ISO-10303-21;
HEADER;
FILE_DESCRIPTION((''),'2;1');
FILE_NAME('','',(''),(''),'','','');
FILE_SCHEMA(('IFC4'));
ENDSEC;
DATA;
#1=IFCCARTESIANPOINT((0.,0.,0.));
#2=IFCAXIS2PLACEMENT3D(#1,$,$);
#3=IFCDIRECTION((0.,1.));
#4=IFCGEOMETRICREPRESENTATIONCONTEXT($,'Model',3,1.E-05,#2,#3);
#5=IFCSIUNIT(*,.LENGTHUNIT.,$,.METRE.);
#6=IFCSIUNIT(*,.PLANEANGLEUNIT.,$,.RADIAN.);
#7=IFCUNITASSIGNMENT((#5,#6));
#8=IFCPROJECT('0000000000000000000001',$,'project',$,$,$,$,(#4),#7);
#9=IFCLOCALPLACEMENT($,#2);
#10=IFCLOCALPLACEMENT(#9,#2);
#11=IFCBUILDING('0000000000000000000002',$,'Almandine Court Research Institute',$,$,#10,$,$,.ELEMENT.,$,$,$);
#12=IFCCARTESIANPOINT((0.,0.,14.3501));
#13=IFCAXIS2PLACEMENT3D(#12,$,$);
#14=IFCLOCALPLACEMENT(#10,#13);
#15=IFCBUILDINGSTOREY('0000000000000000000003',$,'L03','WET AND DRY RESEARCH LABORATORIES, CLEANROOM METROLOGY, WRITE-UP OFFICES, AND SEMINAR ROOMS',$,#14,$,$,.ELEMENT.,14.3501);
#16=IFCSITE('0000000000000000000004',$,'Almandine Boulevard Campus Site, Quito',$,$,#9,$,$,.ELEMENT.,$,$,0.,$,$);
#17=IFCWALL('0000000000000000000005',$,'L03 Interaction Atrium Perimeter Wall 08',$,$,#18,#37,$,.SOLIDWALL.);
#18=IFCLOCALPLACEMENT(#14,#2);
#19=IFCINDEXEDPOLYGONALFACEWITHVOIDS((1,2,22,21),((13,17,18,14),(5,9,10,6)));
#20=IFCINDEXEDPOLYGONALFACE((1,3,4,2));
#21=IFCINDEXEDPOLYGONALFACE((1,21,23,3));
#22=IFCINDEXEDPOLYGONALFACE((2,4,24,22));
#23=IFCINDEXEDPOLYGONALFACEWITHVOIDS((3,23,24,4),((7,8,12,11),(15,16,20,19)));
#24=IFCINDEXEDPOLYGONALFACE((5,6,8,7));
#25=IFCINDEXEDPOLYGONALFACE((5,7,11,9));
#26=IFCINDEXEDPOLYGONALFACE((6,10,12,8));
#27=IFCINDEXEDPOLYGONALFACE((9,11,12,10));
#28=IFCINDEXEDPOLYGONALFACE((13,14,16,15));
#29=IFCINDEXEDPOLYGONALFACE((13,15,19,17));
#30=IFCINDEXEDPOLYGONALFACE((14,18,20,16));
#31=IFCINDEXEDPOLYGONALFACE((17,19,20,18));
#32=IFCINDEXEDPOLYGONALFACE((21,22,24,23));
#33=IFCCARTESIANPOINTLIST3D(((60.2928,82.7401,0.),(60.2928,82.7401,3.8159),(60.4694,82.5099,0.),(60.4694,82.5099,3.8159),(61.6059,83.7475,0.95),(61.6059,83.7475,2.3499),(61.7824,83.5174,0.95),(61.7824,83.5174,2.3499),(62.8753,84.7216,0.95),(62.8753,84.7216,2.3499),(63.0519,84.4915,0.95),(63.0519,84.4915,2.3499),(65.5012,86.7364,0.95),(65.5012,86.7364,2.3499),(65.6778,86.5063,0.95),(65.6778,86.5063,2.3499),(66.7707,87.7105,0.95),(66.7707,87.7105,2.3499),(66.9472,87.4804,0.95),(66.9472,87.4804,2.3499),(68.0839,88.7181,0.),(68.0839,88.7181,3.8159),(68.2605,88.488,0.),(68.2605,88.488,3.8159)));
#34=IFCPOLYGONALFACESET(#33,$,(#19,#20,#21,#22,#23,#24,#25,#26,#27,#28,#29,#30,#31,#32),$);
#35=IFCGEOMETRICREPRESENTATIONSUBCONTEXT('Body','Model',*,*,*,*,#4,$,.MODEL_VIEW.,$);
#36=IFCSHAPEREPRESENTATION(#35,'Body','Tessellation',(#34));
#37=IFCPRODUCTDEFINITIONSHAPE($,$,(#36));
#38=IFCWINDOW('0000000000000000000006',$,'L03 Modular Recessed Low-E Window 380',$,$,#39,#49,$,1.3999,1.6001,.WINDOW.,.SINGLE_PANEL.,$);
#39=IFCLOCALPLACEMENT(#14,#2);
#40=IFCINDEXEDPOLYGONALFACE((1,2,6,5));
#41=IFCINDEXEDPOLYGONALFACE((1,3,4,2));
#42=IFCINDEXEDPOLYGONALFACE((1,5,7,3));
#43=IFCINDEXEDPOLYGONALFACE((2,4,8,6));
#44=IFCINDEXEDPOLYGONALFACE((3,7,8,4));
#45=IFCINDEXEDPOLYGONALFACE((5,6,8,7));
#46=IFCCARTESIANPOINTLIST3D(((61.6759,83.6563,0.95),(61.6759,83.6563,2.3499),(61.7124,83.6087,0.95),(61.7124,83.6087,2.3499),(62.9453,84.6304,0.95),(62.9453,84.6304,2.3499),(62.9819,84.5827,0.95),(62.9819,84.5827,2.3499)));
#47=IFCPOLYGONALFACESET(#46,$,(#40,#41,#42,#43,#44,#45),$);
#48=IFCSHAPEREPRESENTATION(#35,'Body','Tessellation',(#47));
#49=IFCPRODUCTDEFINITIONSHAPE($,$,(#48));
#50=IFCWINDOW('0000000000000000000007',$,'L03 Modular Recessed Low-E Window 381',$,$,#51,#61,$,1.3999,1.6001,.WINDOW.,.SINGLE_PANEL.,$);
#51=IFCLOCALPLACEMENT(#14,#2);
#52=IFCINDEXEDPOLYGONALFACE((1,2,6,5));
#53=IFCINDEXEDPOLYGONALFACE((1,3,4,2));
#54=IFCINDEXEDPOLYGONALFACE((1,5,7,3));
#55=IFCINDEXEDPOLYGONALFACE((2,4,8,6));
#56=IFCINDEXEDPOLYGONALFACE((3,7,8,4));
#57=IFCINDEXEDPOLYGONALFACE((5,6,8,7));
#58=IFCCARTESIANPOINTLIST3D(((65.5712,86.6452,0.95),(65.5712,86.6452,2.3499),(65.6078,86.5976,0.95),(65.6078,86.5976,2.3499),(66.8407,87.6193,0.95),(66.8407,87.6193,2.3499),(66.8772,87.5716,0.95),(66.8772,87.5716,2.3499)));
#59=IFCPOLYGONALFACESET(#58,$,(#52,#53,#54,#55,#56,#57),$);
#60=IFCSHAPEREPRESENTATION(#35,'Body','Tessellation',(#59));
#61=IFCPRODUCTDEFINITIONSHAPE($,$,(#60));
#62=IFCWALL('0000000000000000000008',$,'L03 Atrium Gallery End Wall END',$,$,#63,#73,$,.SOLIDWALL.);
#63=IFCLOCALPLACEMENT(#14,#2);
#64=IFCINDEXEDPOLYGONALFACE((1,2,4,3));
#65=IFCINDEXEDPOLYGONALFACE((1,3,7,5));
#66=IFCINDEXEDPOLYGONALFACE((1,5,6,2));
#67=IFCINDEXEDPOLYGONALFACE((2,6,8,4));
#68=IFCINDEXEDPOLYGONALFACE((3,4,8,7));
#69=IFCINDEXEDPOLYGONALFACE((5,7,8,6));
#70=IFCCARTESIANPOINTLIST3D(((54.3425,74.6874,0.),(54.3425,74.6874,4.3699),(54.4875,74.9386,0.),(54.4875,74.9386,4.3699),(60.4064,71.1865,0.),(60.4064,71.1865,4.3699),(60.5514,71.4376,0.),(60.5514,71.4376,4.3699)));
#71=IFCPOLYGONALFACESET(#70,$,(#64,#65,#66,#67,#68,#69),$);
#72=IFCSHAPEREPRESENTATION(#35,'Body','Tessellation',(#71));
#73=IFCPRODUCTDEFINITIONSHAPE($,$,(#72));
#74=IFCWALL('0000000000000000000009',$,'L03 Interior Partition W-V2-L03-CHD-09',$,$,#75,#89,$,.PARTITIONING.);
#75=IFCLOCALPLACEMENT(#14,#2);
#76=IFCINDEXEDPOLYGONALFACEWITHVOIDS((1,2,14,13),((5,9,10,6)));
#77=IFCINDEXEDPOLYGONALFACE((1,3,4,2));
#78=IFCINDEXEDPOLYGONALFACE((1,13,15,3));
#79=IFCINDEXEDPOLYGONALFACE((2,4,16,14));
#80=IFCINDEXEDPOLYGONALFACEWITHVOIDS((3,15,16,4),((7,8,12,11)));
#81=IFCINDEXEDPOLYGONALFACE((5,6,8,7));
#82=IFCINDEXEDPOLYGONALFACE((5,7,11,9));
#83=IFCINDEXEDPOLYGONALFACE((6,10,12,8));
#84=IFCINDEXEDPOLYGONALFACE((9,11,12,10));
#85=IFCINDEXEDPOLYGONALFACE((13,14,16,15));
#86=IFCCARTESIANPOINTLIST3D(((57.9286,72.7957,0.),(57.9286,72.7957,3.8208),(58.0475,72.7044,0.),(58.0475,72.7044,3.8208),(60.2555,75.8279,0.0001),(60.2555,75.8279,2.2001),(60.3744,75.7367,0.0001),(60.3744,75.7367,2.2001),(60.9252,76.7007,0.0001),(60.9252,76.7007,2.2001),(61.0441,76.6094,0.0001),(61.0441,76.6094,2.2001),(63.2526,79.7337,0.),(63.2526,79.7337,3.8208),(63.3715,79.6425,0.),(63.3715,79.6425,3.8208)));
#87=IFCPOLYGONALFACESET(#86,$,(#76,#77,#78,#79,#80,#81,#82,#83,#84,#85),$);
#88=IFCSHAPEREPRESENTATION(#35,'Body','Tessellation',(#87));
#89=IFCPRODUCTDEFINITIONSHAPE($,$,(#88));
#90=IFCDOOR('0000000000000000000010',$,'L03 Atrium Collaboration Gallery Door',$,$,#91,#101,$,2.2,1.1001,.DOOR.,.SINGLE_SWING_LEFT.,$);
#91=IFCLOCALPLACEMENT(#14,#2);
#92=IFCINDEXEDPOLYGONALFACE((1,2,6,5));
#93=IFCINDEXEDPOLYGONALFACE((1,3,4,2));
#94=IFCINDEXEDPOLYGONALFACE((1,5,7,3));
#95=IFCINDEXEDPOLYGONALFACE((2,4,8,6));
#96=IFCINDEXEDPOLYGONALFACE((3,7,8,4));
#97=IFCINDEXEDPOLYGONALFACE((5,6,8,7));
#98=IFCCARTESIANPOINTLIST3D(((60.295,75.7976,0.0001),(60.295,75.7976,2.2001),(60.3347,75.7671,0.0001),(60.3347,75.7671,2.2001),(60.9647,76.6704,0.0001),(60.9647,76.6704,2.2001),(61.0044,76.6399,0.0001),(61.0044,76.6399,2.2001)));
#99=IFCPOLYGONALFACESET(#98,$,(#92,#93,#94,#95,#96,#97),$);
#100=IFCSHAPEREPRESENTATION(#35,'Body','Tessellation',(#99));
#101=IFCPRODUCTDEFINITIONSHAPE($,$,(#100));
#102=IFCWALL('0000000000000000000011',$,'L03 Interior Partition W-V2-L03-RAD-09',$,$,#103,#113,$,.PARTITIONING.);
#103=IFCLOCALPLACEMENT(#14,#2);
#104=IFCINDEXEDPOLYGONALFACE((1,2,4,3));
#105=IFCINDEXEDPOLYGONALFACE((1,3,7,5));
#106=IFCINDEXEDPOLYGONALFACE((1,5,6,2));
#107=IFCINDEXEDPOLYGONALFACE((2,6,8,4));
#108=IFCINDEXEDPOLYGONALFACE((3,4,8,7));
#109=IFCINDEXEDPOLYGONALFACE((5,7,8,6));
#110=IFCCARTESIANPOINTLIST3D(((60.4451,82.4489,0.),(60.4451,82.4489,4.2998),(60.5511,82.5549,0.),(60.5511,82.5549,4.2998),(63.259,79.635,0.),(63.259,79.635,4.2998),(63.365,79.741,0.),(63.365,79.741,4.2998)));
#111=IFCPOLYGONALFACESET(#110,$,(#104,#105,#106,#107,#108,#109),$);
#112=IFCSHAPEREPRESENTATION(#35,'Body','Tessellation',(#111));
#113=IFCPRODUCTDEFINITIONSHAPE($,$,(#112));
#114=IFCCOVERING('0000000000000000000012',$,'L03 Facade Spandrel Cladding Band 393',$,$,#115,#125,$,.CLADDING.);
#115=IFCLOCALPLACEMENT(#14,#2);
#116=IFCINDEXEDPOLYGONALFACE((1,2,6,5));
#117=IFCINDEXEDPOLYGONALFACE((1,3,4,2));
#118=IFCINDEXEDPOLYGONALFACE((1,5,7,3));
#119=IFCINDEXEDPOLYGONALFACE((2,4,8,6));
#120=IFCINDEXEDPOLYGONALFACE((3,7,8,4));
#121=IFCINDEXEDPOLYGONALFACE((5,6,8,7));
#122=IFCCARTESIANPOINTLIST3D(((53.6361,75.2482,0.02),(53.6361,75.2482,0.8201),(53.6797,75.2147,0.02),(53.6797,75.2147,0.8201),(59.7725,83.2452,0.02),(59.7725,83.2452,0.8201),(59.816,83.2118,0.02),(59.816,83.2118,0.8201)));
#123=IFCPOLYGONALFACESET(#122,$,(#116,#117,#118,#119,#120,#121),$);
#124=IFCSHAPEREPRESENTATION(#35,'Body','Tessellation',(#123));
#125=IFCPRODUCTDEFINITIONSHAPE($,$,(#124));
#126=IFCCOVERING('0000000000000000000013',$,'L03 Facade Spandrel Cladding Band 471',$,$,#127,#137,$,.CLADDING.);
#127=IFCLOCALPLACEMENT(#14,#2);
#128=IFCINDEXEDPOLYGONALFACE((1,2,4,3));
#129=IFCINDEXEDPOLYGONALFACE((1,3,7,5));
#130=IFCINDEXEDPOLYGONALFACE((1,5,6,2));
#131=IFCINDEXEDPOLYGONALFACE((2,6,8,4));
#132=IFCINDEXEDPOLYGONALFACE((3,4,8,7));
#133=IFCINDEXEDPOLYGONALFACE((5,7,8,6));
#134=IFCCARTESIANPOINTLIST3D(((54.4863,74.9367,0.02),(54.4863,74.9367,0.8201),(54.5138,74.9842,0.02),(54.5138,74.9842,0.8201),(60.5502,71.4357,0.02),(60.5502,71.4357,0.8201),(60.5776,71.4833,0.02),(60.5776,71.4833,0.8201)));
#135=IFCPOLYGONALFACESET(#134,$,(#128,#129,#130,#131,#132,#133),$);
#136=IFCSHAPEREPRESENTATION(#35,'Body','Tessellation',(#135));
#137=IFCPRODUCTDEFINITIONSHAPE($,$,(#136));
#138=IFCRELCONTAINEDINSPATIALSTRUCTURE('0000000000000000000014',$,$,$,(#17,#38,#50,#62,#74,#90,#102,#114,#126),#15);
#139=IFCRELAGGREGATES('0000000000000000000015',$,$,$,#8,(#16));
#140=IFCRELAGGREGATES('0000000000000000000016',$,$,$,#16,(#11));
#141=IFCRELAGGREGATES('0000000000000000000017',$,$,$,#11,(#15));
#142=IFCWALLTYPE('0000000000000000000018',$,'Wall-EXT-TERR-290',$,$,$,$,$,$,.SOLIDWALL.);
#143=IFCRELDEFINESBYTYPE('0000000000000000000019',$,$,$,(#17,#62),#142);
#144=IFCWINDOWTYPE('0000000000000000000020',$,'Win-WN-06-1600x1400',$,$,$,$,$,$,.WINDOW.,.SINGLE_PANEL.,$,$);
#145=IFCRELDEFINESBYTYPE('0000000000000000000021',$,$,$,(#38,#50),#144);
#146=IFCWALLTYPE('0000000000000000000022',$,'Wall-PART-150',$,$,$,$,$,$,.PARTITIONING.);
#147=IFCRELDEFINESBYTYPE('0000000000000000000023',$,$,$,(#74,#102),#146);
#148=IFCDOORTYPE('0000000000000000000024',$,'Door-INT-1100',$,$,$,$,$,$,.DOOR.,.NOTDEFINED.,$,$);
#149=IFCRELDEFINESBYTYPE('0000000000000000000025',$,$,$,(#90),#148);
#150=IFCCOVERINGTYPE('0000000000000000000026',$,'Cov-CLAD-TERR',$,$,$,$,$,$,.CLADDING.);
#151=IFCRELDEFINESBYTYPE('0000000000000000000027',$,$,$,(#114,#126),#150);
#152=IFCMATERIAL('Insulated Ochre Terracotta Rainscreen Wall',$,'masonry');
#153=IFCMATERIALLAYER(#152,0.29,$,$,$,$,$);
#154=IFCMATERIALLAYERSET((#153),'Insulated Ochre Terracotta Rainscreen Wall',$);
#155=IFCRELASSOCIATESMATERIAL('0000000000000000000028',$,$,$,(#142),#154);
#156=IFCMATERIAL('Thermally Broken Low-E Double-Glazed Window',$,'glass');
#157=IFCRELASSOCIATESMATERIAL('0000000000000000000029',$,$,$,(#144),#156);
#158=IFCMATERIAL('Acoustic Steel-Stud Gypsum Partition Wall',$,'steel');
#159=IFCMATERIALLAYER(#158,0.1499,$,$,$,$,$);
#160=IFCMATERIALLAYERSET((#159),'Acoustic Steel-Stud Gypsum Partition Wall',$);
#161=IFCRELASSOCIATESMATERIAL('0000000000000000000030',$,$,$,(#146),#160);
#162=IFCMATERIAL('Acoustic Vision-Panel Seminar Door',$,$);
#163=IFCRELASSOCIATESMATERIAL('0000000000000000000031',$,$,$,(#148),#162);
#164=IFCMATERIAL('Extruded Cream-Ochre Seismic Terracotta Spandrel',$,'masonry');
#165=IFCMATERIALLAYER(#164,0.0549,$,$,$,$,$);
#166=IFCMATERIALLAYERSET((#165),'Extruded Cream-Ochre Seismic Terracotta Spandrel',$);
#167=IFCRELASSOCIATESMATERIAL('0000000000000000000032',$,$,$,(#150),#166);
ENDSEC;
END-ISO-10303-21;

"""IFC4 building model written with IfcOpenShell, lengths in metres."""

from ifc_helpers import new_model, si_unit, direction, frame, frame_2d, origin, origin_2d, place, context, subcontext, project, spatial, rectangle, extrude, material, layer, layer_set, type_object, element, fill, save


model = new_model("IFC4")

# Units and contexts
model_context = context("Model", 3, precision=1e-05, world=origin(), true_north=direction((0.0, 1.0)))
body_context = subcontext(model_context, "Body", "Model", "MODEL_VIEW")
ifc_project = project(units=[si_unit("LENGTHUNIT", "METRE"), si_unit("PLANEANGLEUNIT", "RADIAN")], contexts=[model_context])

# Site, building, storey
site_placement = place(None, origin())
site = spatial("IfcSite", under=ifc_project, at=site_placement, Name="Almandine Boulevard Campus Site, Quito", CompositionType="ELEMENT", RefElevation=0.0)
building_placement = place(site_placement, origin())
building = spatial("IfcBuilding", under=site, at=building_placement, Name="Almandine Court Research Institute", CompositionType="ELEMENT")
storey_placement = place(building_placement, frame((0.0, 0.0, 14.3501)))
storey = spatial("IfcBuildingStorey", under=building, at=storey_placement, Name="L03", Description="WET AND DRY RESEARCH LABORATORIES, CLEANROOM METROLOGY, WRITE-UP OFFICES, AND SEMINAR ROOMS", CompositionType="ELEMENT", Elevation=14.3501)

# Shared definitions
ifc_material_1 = material(Name="Insulated Ochre Terracotta Rainscreen Wall", Category="masonry")
ifc_layer_1 = layer(ifc_material_1, 0.29)
ifc_layer_set_1 = layer_set([ifc_layer_1], Name="Insulated Ochre Terracotta Rainscreen Wall")
wall_type_1 = type_object("IfcWallType", Name="Wall-EXT-TERR-290", PredefinedType="SOLIDWALL", material=ifc_layer_set_1)
ifc_material_2 = material(Name="Thermally Broken Low-E Double-Glazed Window", Category="glass")

# Wall, openings, windows
wall_1_placement = place(storey_placement, frame((60.3811, 82.625, 0.0), z_axis=(0.0, 0.0, 1.0), x_axis=(0.793365, 0.608747, 0.0)))
wall_1 = element("IfcWall", 1, at=wall_1_placement, inside=storey, type_object=wall_type_1, Name="L03 Interaction Atrium Perimeter Wall 08", PredefinedType="SOLIDWALL", context=body_context, shape_type="SweptSolid", body=[
    extrude(rectangle(XDim=9.8203, YDim=0.29, at=frame_2d((4.9102, 0.0))), origin(), (0.0, 0.0, 1.0), 3.8159),
])
opening_1_placement = place(wall_1_placement, frame((1.655, 0.0, 0.95)))
opening_1 = element("IfcOpeningElement", 2, at=opening_1_placement, cuts=wall_1, PredefinedType="OPENING", context=body_context, shape_type="SweptSolid", body=[
    extrude(rectangle(XDim=1.6001, YDim=1.3999, at=frame_2d((0.8, 0.7))), frame((0.0, 0.155, 0.0), z_axis=(0.0, -1.0, 0.0), x_axis=(1.0, 0.0, 0.0)), (0.0, 0.0, 1.0), 0.3101),
])
opening_2_placement = place(wall_1_placement, frame((6.5649, 0.0, 0.95)))
opening_2 = element("IfcOpeningElement", 3, at=opening_2_placement, cuts=wall_1, PredefinedType="OPENING", context=body_context, shape_type="SweptSolid", body=[
    extrude(rectangle(XDim=1.6001, YDim=1.3999, at=frame_2d((0.8, 0.7))), frame((0.0, 0.155, 0.0), z_axis=(0.0, -1.0, 0.0), x_axis=(1.0, 0.0, 0.0)), (0.0, 0.0, 1.0), 0.3101),
])
window_type_1 = type_object("IfcWindowType", Name="Win-WN-06-1600x1400", PartitioningType="SINGLE_PANEL", PredefinedType="WINDOW", material=ifc_material_2)
window_1_placement = place(opening_1_placement, origin())
window_1 = element("IfcWindow", 4, at=window_1_placement, inside=storey, type_object=window_type_1, Name="L03 Modular Recessed Low-E Window 380", OverallHeight=1.3999, OverallWidth=1.6001, PartitioningType="SINGLE_PANEL", PredefinedType="WINDOW", context=body_context, shape_type="SweptSolid", body=[
    extrude(rectangle(XDim=1.6001, YDim=1.3999, at=frame_2d((0.8, 0.7))), frame((0.0, 0.03, 0.0), z_axis=(0.0, -1.0, 0.0), x_axis=(1.0, 0.0, 0.0)), (0.0, 0.0, 1.0), 0.0601),
])
fill(opening_1, window_1)
window_2_placement = place(opening_2_placement, origin())
window_2 = element("IfcWindow", 5, at=window_2_placement, inside=storey, type_object=window_type_1, Name="L03 Modular Recessed Low-E Window 381", OverallHeight=1.3999, OverallWidth=1.6001, PartitioningType="SINGLE_PANEL", PredefinedType="WINDOW", context=body_context, shape_type="SweptSolid", body=[
    extrude(rectangle(XDim=1.6001, YDim=1.3999, at=frame_2d((0.8, 0.7))), frame((0.0, 0.03, 0.0), z_axis=(0.0, -1.0, 0.0), x_axis=(1.0, 0.0, 0.0)), (0.0, 0.0, 1.0), 0.0601),
])
fill(opening_2, window_2)

# Wall
wall_2_placement = place(storey_placement, frame((54.415, 74.813, 0.0), z_axis=(0.0, 0.0, 1.0), x_axis=(0.866029, -0.499994, 0.0)))
element("IfcWall", 6, at=wall_2_placement, inside=storey, type_object=wall_type_1, Name="L03 Atrium Gallery End Wall END", PredefinedType="SOLIDWALL", context=body_context, shape_type="SweptSolid", body=[
    extrude(rectangle(XDim=7.002, YDim=0.29, at=frame_2d((3.501, 0.0))), origin(), (0.0, 0.0, 1.0), 4.3699),
])

# Wall, opening, door
ifc_material_3 = material(Name="Acoustic Steel-Stud Gypsum Partition Wall", Category="steel")
ifc_layer_2 = layer(ifc_material_3, 0.1499)
ifc_layer_set_2 = layer_set([ifc_layer_2], Name="Acoustic Steel-Stud Gypsum Partition Wall")
wall_type_2 = type_object("IfcWallType", Name="Wall-PART-150", PredefinedType="PARTITIONING", material=ifc_layer_set_2)
wall_3_placement = place(storey_placement, frame((63.312, 79.688, 0.0), z_axis=(0.0, 0.0, 1.0), x_axis=(-0.608781, -0.793338, 0.0)))
wall_3 = element("IfcWall", 7, at=wall_3_placement, inside=storey, type_object=wall_type_2, Name="L03 Interior Partition W-V2-L03-CHD-09", PredefinedType="PARTITIONING", context=body_context, shape_type="SweptSolid", body=[
    extrude(rectangle(XDim=8.7454, YDim=0.1499, at=frame_2d((4.3726, 0.0))), origin(), (0.0, 0.0, 1.0), 3.8208),
])
opening_3_placement = place(wall_3_placement, frame((3.823, 0.0, 0.0)))
opening_3 = element("IfcOpeningElement", 8, at=opening_3_placement, cuts=wall_3, PredefinedType="OPENING", context=body_context, shape_type="SweptSolid", body=[
    extrude(rectangle(XDim=1.1001, YDim=2.2, at=frame_2d((0.55, 1.1001))), frame((0.0, 0.085, 0.0), z_axis=(0.0, -1.0, 0.0), x_axis=(1.0, 0.0, 0.0)), (0.0, 0.0, 1.0), 0.1699),
])
ifc_material_4 = material(Name="Acoustic Vision-Panel Seminar Door")
door_type = type_object("IfcDoorType", Name="Door-INT-1100", OperationType="NOTDEFINED", PredefinedType="DOOR", material=ifc_material_4)
door_placement = place(opening_3_placement, origin())
door = element("IfcDoor", 9, at=door_placement, inside=storey, type_object=door_type, Name="L03 Atrium Collaboration Gallery Door", OperationType="SINGLE_SWING_LEFT", OverallHeight=2.2, OverallWidth=1.1001, PredefinedType="DOOR", context=body_context, shape_type="SweptSolid", body=[
    extrude(rectangle(XDim=1.1001, YDim=2.2, at=frame_2d((0.55, 1.1001))), frame((0.0, 0.0249, 0.0), z_axis=(0.0, -1.0, 0.0), x_axis=(1.0, 0.0, 0.0)), (0.0, 0.0, 1.0), 0.05),
])
fill(opening_3, door)

# Wall
wall_4_placement = place(storey_placement, frame((63.312, 79.688, 0.0), z_axis=(0.0, 0.0, 1.0), x_axis=(-0.707107, 0.707107, 0.0)))
element("IfcWall", 10, at=wall_4_placement, inside=storey, type_object=wall_type_2, Name="L03 Interior Partition W-V2-L03-RAD-09", PredefinedType="PARTITIONING", context=body_context, shape_type="SweptSolid", body=[
    extrude(rectangle(XDim=3.9795, YDim=0.1499, at=frame_2d((1.9897, 0.0))), origin(), (0.0, 0.0, 1.0), 4.2998),
])

# Coverings
ifc_material_5 = material(Name="Extruded Cream-Ochre Seismic Terracotta Spandrel", Category="masonry")
ifc_layer_3 = layer(ifc_material_5, 0.0549)
ifc_layer_set_3 = layer_set([ifc_layer_3], Name="Extruded Cream-Ochre Seismic Terracotta Spandrel")
covering_type = type_object("IfcCoveringType", Name="Cov-CLAD-TERR", PredefinedType="CLADDING", material=ifc_layer_set_3)
covering_1_placement = place(storey_placement, frame((56.7261, 79.23, 0.02), z_axis=(0.0, 0.0, 1.0), x_axis=(-0.608761, -0.793353, 0.0)))
element("IfcCovering", 11, at=covering_1_placement, inside=storey, type_object=covering_type, Name="L03 Facade Spandrel Cladding Band 393", PredefinedType="CLADDING", context=body_context, shape_type="SweptSolid", body=[
    extrude(rectangle(XDim=10.0801, YDim=0.0549, at=origin_2d()), origin(), (0.0, 0.0, 1.0), 0.8),
])
covering_2_placement = place(storey_placement, frame((57.532, 73.21, 0.02), z_axis=(0.0, 0.0, 1.0), x_axis=(0.866025, -0.5, 0.0)))
element("IfcCovering", 12, at=covering_2_placement, inside=storey, type_object=covering_type, Name="L03 Facade Spandrel Cladding Band 471", PredefinedType="CLADDING", context=body_context, shape_type="SweptSolid", body=[
    extrude(rectangle(XDim=7.002, YDim=0.0549, at=origin_2d()), origin(), (0.0, 0.0, 1.0), 0.8),
])

save(model, "model.ifc")
